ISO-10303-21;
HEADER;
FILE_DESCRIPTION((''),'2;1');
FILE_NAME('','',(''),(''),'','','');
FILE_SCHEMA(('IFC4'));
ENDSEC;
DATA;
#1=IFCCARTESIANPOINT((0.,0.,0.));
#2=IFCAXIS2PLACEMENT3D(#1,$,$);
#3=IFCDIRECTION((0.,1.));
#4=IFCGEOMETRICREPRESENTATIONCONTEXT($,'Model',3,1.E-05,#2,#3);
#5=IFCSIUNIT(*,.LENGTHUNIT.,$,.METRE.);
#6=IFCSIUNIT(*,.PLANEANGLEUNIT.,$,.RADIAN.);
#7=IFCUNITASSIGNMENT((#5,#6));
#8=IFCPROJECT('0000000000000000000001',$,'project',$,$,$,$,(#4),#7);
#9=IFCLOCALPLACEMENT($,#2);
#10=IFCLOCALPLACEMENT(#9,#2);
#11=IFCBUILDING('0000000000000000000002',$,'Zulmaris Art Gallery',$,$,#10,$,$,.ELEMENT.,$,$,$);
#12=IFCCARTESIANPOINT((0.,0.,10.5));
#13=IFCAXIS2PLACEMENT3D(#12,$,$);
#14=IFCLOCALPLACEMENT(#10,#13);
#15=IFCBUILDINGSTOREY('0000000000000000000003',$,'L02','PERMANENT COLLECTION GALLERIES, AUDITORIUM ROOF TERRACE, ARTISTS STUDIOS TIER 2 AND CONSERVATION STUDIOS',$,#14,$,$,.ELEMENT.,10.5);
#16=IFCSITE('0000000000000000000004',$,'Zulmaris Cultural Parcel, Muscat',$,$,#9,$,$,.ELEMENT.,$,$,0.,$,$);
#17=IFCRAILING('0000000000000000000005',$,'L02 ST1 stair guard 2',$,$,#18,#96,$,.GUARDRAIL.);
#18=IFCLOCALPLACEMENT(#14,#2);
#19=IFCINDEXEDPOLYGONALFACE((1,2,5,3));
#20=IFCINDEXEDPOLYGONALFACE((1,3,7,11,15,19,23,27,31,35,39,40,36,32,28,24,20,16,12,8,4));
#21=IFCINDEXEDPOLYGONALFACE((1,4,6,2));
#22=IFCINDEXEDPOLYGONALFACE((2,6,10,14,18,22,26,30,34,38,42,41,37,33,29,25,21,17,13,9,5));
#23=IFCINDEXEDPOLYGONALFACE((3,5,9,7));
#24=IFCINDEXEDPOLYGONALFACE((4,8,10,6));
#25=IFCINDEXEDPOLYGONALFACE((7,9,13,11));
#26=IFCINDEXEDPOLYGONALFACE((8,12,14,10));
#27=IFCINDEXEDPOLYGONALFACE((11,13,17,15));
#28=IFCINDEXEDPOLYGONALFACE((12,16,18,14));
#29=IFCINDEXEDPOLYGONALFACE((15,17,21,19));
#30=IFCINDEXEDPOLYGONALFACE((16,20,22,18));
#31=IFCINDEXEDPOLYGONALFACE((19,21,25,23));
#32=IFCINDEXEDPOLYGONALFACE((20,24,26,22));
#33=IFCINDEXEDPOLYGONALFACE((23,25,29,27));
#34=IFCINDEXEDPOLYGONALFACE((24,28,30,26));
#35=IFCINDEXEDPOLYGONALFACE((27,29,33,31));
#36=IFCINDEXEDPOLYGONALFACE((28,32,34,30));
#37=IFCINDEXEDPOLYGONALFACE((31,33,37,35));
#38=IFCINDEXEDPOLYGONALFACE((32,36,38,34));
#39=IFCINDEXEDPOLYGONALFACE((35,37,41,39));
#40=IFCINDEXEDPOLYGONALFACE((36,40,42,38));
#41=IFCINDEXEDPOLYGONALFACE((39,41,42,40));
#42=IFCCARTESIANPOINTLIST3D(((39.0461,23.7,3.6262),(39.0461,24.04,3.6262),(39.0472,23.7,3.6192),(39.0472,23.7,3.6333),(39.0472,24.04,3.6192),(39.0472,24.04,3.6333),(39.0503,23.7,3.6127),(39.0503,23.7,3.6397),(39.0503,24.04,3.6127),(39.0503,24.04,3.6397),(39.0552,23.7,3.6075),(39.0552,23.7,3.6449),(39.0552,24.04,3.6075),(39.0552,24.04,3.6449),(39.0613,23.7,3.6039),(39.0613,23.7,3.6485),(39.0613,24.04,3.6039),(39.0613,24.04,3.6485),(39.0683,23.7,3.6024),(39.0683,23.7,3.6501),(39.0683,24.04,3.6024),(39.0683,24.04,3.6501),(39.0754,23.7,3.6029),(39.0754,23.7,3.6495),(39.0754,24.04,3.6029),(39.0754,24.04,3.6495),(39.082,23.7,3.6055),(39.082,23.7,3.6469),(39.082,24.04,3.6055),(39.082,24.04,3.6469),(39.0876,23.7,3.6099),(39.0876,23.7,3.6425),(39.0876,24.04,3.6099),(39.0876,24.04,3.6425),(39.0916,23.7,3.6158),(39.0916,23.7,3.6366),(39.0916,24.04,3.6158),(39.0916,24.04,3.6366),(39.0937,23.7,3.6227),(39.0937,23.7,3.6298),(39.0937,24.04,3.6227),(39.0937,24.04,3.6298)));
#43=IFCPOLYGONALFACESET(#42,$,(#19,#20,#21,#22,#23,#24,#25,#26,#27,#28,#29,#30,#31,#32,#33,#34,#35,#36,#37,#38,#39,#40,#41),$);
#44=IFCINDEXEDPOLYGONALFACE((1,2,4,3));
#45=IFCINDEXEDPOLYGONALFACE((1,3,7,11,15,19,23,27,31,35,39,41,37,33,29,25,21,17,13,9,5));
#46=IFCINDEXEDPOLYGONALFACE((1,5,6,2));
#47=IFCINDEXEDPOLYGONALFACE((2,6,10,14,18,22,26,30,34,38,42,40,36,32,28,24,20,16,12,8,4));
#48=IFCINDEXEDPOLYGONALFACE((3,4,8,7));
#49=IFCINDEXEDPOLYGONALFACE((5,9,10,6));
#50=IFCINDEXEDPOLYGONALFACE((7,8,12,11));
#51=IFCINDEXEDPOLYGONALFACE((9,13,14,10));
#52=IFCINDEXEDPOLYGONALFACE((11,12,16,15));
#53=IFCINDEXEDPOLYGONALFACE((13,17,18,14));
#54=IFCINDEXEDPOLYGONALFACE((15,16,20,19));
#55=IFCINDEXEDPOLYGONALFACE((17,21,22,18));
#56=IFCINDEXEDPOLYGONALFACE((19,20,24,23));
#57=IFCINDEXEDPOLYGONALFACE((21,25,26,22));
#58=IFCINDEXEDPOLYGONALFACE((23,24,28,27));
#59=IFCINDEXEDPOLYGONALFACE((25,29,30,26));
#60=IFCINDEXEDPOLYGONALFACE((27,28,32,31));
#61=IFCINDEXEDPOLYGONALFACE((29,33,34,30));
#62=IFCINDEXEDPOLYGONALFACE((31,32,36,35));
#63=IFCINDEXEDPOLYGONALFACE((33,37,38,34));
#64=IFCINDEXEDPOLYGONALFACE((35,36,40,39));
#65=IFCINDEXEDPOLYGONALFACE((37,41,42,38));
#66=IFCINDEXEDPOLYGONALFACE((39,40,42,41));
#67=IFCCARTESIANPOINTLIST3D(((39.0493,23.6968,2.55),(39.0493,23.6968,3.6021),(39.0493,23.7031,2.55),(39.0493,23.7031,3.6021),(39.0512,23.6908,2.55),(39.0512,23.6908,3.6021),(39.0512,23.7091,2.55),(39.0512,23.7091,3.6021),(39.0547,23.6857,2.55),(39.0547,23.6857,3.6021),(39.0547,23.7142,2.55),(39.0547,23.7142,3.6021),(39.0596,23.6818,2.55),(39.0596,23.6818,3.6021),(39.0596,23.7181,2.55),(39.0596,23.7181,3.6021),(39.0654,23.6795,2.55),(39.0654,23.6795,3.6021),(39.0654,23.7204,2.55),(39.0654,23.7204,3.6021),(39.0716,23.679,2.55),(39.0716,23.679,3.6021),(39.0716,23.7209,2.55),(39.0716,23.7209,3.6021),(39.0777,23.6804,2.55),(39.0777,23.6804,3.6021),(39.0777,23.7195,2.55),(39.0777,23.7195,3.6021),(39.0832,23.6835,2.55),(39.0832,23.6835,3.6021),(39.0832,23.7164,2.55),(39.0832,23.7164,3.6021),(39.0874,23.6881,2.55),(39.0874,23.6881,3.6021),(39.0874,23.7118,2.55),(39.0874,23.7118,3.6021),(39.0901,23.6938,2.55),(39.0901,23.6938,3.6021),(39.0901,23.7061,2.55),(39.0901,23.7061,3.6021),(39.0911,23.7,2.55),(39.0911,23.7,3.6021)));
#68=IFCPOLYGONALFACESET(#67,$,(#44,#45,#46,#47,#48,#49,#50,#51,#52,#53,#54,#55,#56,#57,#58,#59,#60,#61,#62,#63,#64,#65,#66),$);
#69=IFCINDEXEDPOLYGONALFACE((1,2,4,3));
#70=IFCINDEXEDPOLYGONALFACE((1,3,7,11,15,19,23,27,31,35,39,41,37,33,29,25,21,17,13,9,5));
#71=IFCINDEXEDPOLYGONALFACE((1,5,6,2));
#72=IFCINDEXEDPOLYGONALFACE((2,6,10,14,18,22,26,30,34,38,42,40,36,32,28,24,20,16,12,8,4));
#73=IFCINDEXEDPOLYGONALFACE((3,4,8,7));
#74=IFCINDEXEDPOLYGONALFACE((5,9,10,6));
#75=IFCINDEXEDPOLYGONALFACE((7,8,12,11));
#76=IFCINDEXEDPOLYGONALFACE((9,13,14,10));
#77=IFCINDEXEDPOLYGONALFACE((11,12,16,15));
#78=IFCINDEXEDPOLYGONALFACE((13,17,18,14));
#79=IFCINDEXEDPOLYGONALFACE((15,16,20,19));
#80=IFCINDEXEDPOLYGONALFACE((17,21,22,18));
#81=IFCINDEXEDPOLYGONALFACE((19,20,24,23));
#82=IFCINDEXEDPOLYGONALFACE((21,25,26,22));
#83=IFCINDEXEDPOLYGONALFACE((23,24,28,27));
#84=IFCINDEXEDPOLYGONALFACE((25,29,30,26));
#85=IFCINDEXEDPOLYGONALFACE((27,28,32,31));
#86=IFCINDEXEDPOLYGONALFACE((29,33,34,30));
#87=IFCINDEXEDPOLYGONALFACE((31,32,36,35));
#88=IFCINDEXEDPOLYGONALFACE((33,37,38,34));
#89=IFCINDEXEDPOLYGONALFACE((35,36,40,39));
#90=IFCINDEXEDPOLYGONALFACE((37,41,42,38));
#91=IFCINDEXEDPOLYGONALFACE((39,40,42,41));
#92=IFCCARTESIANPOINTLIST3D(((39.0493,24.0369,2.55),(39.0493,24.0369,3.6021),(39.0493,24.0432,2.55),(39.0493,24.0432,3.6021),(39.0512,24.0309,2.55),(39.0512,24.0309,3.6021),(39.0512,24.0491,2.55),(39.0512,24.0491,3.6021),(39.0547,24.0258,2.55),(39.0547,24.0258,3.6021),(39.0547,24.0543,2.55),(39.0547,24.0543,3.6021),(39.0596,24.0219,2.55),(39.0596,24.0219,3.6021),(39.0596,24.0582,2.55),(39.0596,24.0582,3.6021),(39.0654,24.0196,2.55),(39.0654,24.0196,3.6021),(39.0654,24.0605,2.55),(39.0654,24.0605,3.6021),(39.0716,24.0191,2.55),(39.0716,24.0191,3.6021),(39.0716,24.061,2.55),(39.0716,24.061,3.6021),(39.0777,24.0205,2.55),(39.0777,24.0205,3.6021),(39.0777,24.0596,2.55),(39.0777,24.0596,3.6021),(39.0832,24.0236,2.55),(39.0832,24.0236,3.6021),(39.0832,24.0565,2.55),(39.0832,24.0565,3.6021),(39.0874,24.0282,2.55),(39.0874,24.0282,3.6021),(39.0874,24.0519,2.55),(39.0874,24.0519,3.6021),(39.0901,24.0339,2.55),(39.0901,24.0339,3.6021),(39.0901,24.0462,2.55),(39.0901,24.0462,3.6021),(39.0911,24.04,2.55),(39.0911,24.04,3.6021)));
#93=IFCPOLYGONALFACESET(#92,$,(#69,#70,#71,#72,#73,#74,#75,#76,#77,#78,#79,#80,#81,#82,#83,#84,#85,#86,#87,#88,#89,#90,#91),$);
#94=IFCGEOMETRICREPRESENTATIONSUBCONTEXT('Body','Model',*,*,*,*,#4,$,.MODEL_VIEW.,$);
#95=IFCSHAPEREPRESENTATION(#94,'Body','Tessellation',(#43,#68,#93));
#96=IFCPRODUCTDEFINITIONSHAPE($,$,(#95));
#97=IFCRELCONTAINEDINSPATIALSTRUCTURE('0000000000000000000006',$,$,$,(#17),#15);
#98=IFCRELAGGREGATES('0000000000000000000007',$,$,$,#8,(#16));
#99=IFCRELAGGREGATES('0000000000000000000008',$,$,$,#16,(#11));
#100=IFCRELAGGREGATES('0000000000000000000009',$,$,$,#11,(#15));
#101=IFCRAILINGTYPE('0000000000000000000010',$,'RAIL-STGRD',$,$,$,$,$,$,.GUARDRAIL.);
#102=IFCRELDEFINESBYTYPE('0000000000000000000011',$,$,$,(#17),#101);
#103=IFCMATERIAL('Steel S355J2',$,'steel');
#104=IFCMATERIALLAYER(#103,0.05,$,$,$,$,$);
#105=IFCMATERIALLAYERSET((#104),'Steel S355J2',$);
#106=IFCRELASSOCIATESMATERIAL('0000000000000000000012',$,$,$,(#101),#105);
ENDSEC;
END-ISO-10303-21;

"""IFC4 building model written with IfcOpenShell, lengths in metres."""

from ifc_helpers import new_model, si_unit, direction, frame, origin, origin_2d, place, context, subcontext, project, spatial, circle, extrude, material, layer, layer_set, type_object, element, save


model = new_model("IFC4")

# Units and contexts
model_context = context("Model", 3, precision=1e-05, world=origin(), true_north=direction((0.0, 1.0)))
body_context = subcontext(model_context, "Body", "Model", "MODEL_VIEW")
ifc_project = project(units=[si_unit("LENGTHUNIT", "METRE"), si_unit("PLANEANGLEUNIT", "RADIAN")], contexts=[model_context])

# Site, building, storey
site_placement = place(None, origin())
site = spatial("IfcSite", under=ifc_project, at=site_placement, Name="Zulmaris Cultural Parcel, Muscat", CompositionType="ELEMENT", RefElevation=0.0)
building_placement = place(site_placement, origin())
building = spatial("IfcBuilding", under=site, at=building_placement, Name="Zulmaris Art Gallery", CompositionType="ELEMENT")
storey_placement = place(building_placement, frame((0.0, 0.0, 10.5)))
storey = spatial("IfcBuildingStorey", under=building, at=storey_placement, Name="L02", Description="PERMANENT COLLECTION GALLERIES, AUDITORIUM ROOF TERRACE, ARTISTS STUDIOS TIER 2 AND CONSERVATION STUDIOS", CompositionType="ELEMENT", Elevation=10.5)

# Shared definitions
ifc_material_1 = material(Name="Steel S355J2", Category="steel")

# Railing
ifc_layer_1 = layer(ifc_material_1, 0.05)
ifc_layer_set_1 = layer_set([ifc_layer_1], Name="Steel S355J2")
railing_type_1 = type_object("IfcRailingType", Name="RAIL-STGRD", PredefinedType="GUARDRAIL", material=ifc_layer_set_1)
railing_1_placement = place(storey_placement, frame((39.0701, 23.7, 2.55)))
element("IfcRailing", 1, at=railing_1_placement, inside=storey, type_object=railing_type_1, Name="L02 ST1 stair guard 2", PredefinedType="GUARDRAIL", context=body_context, shape_type="SweptSolid", body=[
    extrude(circle(Radius=0.0239, at=origin_2d()), frame((0.0, 0.0, 1.0762), z_axis=(0.0, 1.0, 0.0), x_axis=(-1.0, 0.0, 0.0)), (0.0, 0.0, 1.0), 0.3401),
    extrude(circle(Radius=0.021, at=origin_2d()), origin(), (0.0, 0.0, 1.0), 1.052),
    extrude(circle(Radius=0.021, at=origin_2d()), frame((0.0, 0.3401, 0.0)), (0.0, 0.0, 1.0), 1.052),
])

save(model, "model.ifc")
